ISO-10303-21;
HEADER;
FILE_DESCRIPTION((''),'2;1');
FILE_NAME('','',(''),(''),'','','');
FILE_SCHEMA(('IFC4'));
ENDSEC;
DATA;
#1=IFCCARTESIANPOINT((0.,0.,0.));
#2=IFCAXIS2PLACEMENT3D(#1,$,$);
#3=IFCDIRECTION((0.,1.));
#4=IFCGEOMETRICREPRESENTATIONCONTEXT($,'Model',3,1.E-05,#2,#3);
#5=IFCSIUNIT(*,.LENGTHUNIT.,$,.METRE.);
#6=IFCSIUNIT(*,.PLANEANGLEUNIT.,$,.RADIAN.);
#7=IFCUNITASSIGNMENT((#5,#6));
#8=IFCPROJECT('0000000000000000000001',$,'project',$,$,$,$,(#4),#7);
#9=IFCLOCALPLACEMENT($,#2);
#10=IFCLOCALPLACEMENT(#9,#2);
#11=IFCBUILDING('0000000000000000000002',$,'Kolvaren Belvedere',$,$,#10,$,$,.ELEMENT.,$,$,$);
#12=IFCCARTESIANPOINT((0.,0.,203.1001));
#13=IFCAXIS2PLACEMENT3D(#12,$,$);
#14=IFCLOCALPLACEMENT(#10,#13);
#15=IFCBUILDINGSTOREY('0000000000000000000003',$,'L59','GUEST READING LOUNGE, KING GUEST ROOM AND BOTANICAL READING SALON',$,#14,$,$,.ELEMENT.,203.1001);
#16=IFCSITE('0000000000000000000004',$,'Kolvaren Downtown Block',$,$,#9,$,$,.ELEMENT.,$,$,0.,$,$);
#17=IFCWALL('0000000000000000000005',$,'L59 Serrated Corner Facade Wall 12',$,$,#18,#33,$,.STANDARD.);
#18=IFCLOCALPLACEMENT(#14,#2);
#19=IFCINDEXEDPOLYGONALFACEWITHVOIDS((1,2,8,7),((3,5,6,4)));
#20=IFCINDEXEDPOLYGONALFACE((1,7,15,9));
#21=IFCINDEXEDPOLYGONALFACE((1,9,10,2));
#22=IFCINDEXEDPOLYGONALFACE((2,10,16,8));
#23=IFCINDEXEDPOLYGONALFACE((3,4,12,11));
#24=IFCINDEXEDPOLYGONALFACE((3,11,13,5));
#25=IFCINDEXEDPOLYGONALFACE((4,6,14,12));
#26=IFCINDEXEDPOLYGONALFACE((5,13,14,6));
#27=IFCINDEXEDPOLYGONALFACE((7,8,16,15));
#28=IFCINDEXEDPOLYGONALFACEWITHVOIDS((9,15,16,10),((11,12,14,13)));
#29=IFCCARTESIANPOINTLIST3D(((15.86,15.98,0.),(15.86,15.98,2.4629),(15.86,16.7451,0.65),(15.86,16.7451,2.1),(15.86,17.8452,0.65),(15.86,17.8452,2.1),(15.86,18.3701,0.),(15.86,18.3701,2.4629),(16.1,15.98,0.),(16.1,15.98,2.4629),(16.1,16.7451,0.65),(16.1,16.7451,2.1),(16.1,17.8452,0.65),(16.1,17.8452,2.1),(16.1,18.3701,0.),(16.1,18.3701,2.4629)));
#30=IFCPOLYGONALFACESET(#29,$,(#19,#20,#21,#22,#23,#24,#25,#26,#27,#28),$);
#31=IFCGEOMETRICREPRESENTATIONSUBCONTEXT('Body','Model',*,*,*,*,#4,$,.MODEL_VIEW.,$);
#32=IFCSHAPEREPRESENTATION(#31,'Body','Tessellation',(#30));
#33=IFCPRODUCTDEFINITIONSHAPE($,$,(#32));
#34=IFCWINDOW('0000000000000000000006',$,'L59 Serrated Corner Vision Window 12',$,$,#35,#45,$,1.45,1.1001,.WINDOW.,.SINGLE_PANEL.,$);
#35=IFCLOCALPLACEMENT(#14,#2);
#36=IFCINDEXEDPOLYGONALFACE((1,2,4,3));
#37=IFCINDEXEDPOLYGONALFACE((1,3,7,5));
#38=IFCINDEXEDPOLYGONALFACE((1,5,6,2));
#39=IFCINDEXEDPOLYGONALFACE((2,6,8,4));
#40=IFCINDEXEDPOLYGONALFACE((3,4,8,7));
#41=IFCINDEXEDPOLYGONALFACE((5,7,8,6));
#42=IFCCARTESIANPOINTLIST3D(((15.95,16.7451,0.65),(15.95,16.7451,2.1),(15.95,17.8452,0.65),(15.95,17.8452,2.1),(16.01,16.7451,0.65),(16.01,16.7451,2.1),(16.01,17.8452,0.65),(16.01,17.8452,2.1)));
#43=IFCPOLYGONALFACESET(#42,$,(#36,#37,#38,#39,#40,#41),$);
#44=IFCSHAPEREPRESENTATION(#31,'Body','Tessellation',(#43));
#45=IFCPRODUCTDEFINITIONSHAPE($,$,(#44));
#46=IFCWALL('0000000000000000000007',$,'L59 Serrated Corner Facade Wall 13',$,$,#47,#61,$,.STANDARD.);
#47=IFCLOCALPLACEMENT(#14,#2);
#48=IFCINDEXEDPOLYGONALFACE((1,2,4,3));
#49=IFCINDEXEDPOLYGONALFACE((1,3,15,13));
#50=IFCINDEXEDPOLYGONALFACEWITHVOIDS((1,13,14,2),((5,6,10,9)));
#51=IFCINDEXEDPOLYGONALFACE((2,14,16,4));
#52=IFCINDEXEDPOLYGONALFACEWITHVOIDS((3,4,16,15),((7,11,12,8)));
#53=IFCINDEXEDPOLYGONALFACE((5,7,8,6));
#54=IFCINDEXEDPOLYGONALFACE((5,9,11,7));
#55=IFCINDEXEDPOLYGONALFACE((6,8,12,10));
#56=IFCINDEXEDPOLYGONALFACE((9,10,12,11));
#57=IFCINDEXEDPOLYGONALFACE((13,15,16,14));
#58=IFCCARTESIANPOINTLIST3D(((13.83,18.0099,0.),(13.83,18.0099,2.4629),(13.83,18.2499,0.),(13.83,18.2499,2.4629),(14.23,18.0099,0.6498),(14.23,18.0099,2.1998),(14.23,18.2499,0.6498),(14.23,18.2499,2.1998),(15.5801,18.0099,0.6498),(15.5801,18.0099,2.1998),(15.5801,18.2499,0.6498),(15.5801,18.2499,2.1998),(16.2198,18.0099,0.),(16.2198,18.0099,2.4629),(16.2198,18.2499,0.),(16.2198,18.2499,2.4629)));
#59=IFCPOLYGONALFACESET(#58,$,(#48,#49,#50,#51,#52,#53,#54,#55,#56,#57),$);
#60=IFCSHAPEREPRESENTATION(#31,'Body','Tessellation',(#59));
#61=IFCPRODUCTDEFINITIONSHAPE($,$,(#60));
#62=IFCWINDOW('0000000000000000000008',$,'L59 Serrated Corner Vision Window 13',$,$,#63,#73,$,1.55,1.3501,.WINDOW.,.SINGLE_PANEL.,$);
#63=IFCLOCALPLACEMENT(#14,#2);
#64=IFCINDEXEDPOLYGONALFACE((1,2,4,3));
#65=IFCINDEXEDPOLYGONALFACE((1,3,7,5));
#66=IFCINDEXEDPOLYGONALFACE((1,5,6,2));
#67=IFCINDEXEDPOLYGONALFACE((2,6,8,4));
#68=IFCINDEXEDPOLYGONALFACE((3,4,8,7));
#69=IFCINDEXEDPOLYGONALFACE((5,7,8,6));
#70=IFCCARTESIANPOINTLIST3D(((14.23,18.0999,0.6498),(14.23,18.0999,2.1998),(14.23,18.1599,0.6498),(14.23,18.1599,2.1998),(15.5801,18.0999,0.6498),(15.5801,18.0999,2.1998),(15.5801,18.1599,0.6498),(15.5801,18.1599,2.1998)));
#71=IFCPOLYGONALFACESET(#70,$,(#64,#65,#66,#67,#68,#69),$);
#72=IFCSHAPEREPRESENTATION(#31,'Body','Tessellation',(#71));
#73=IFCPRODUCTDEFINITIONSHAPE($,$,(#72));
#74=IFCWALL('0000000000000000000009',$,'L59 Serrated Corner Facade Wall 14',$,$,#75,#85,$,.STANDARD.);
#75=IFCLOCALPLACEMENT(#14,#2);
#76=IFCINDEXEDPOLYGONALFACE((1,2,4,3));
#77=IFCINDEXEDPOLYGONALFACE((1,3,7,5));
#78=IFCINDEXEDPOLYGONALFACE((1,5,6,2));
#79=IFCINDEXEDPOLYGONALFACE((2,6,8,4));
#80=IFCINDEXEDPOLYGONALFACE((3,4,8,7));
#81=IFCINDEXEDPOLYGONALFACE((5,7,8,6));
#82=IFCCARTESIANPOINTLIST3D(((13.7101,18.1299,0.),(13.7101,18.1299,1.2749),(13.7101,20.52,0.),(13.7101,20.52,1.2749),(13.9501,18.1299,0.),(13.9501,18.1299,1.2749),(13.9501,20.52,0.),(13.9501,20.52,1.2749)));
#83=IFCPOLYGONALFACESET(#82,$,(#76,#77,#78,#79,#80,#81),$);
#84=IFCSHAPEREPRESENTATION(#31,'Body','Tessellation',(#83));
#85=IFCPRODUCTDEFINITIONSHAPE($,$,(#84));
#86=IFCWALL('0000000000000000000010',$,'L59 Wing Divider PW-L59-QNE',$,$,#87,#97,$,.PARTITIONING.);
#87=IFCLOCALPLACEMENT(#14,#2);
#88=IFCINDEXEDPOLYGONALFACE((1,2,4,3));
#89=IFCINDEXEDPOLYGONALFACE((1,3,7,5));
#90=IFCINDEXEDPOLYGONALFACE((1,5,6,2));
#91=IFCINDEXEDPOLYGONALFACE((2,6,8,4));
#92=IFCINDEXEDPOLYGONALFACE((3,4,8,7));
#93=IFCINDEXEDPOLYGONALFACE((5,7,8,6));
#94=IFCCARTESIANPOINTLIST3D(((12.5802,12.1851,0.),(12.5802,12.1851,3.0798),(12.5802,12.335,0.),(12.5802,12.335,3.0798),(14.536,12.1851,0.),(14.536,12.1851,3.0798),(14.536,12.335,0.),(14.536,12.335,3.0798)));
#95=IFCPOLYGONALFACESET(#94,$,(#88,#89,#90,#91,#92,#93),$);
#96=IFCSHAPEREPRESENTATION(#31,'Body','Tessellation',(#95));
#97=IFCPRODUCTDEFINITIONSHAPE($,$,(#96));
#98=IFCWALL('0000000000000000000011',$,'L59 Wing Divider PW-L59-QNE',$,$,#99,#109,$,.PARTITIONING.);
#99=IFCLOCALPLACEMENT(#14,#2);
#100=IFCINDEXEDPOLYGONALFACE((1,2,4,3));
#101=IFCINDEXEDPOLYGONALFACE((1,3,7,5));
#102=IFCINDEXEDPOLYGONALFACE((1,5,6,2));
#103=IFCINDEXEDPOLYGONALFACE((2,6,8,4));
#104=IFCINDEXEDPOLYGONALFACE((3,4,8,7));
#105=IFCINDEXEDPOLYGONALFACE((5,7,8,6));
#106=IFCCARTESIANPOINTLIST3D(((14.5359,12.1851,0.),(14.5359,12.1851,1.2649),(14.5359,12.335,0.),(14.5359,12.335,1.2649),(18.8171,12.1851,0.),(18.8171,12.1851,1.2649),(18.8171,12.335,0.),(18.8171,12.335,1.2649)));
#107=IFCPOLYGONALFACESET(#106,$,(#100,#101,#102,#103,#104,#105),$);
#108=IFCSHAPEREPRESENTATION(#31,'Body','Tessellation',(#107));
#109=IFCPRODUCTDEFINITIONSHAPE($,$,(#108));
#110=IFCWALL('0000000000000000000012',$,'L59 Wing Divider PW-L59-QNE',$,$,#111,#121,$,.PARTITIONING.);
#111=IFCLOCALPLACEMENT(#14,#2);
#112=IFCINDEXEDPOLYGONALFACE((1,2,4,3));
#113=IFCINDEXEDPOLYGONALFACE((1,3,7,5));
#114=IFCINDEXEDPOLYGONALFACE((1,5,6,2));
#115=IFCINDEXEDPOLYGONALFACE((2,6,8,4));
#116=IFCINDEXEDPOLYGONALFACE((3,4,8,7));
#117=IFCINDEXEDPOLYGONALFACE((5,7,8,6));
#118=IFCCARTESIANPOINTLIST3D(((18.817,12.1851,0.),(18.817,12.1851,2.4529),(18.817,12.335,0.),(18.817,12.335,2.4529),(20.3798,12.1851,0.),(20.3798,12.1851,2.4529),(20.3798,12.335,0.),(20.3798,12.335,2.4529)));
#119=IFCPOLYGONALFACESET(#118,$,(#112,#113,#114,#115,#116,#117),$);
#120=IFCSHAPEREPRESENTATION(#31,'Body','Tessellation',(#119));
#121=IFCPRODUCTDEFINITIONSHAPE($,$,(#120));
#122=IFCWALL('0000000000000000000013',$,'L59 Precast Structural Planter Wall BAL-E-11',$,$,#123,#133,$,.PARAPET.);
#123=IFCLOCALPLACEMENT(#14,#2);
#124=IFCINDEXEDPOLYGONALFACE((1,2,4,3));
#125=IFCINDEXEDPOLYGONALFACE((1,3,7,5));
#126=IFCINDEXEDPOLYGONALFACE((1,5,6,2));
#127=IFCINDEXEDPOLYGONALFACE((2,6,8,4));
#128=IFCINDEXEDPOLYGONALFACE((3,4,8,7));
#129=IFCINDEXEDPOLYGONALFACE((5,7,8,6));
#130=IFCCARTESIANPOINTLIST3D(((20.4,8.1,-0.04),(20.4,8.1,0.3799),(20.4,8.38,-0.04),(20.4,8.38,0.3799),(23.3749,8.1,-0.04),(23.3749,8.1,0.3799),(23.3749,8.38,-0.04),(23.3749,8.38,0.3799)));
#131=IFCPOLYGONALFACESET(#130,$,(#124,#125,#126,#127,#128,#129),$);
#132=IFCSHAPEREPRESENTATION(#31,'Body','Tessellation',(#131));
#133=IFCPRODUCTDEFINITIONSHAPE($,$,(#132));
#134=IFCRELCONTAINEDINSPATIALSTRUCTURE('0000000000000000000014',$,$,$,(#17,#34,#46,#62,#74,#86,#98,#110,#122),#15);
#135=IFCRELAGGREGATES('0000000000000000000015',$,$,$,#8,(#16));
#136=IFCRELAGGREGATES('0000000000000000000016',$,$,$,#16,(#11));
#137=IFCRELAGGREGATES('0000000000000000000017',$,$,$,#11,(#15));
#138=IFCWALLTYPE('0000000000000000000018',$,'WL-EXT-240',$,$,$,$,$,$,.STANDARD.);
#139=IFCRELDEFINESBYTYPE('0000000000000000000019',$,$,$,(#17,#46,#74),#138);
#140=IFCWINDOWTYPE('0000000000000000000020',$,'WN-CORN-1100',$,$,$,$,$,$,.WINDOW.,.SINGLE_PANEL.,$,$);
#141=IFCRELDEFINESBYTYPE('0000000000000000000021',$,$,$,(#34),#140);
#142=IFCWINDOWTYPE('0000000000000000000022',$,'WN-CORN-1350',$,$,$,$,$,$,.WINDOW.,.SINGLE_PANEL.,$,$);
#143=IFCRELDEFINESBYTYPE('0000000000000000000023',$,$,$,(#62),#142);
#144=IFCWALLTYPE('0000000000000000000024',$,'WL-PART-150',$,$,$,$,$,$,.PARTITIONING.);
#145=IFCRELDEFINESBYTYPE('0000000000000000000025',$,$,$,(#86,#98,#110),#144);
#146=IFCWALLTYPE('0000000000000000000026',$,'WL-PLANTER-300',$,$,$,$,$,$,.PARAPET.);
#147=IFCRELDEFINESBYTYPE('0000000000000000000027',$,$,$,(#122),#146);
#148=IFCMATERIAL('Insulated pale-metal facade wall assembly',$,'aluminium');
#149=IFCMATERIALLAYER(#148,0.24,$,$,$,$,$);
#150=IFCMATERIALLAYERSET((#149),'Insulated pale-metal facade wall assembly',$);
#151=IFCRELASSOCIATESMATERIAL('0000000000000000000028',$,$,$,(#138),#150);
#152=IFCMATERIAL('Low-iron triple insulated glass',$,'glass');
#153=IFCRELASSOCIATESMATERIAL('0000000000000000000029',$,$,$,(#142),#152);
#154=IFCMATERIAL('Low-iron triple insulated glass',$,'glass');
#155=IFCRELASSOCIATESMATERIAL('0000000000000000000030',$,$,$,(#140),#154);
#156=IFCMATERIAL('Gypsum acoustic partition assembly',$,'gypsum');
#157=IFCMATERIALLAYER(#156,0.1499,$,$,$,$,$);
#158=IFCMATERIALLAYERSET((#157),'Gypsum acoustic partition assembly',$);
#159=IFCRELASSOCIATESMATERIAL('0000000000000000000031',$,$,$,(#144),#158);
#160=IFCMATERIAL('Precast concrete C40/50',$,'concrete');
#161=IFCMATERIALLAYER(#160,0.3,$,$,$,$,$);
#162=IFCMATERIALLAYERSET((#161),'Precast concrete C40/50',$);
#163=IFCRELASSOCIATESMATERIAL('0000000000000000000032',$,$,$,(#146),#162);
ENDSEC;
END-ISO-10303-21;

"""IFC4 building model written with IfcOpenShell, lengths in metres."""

from ifc_helpers import new_model, si_unit, direction, frame, frame_2d, origin, place, context, subcontext, project, spatial, rectangle, extrude, material, layer, layer_set, type_object, element, fill, save


model = new_model("IFC4")

# Units and contexts
model_context = context("Model", 3, precision=1e-05, world=origin(), true_north=direction((0.0, 1.0)))
body_context = subcontext(model_context, "Body", "Model", "MODEL_VIEW")
ifc_project = project(units=[si_unit("LENGTHUNIT", "METRE"), si_unit("PLANEANGLEUNIT", "RADIAN")], contexts=[model_context])

# Site, building, storey
site_placement = place(None, origin())
site = spatial("IfcSite", under=ifc_project, at=site_placement, Name="Kolvaren Downtown Block", CompositionType="ELEMENT", RefElevation=0.0)
building_placement = place(site_placement, origin())
building = spatial("IfcBuilding", under=site, at=building_placement, Name="Kolvaren Belvedere", CompositionType="ELEMENT")
storey_placement = place(building_placement, frame((0.0, 0.0, 203.1001)))
storey = spatial("IfcBuildingStorey", under=building, at=storey_placement, Name="L59", Description="GUEST READING LOUNGE, KING GUEST ROOM AND BOTANICAL READING SALON", CompositionType="ELEMENT", Elevation=203.1001)

# Shared definitions
ifc_material_1 = material(Name="Insulated pale-metal facade wall assembly", Category="aluminium")
ifc_layer_1 = layer(ifc_material_1, 0.24)
ifc_layer_set_1 = layer_set([ifc_layer_1], Name="Insulated pale-metal facade wall assembly")
wall_type_1 = type_object("IfcWallType", Name="WL-EXT-240", PredefinedType="STANDARD", material=ifc_layer_set_1)

# Walls, openings, windows
ifc_material_2 = material(Name="Low-iron triple insulated glass", Category="glass")
window_type_1 = type_object("IfcWindowType", Name="WN-CORN-1350", PartitioningType="SINGLE_PANEL", PredefinedType="WINDOW", material=ifc_material_2)
ifc_material_3 = material(Name="Low-iron triple insulated glass", Category="glass")
window_type_2 = type_object("IfcWindowType", Name="WN-CORN-1100", PartitioningType="SINGLE_PANEL", PredefinedType="WINDOW", material=ifc_material_3)
wall_1_placement = place(storey_placement, frame((15.98, 18.3701, 0.0), z_axis=(0.0, 0.0, 1.0), x_axis=(0.0, -1.0, 0.0)))
wall_1 = element("IfcWall", 1, at=wall_1_placement, inside=storey, type_object=wall_type_1, Name="L59 Serrated Corner Facade Wall 12", PredefinedType="STANDARD", context=body_context, shape_type="SweptSolid", body=[
    extrude(rectangle(XDim=2.3901, YDim=0.24, at=frame_2d((1.1951, 0.0))), origin(), (0.0, 0.0, 1.0), 2.4629),
])
opening_1_placement = place(wall_1_placement, frame((0.5249, 0.0, 0.6499)))
opening_1 = element("IfcOpeningElement", 2, at=opening_1_placement, cuts=wall_1, PredefinedType="OPENING", context=body_context, shape_type="SweptSolid", body=[
    extrude(rectangle(XDim=1.1001, YDim=1.45, at=frame_2d((0.55, 0.7251))), frame((0.0, 0.1299, 0.0), z_axis=(0.0, -1.0, 0.0), x_axis=(1.0, 0.0, 0.0)), (0.0, 0.0, 1.0), 0.26),
])
window_1_placement = place(opening_1_placement, origin())
window_1 = element("IfcWindow", 3, at=window_1_placement, inside=storey, type_object=window_type_2, Name="L59 Serrated Corner Vision Window 12", OverallHeight=1.45, OverallWidth=1.1001, PartitioningType="SINGLE_PANEL", PredefinedType="WINDOW", context=body_context, shape_type="SweptSolid", body=[
    extrude(rectangle(XDim=1.1001, YDim=1.45, at=frame_2d((0.55, 0.7251))), frame((0.0, 0.03, 0.0), z_axis=(0.0, -1.0, 0.0), x_axis=(1.0, 0.0, 0.0)), (0.0, 0.0, 1.0), 0.0601),
])
fill(opening_1, window_1)
wall_2_placement = place(storey_placement, frame((13.8301, 18.1299, 0.0), z_axis=(0.0, 0.0, 1.0), x_axis=(1.0, 0.0, 0.0)))
wall_2 = element("IfcWall", 4, at=wall_2_placement, inside=storey, type_object=wall_type_1, Name="L59 Serrated Corner Facade Wall 13", PredefinedType="STANDARD", context=body_context, shape_type="SweptSolid", body=[
    extrude(rectangle(XDim=2.3899, YDim=0.24, at=frame_2d((1.1948, 0.0))), origin(), (0.0, 0.0, 1.0), 2.4629),
])
opening_2_placement = place(wall_2_placement, frame((0.3999, 0.0, 0.6499)))
opening_2 = element("IfcOpeningElement", 5, at=opening_2_placement, cuts=wall_2, PredefinedType="OPENING", context=body_context, shape_type="SweptSolid", body=[
    extrude(rectangle(XDim=1.3501, YDim=1.55, at=frame_2d((0.675, 0.7749))), frame((0.0, 0.1299, 0.0), z_axis=(0.0, -1.0, 0.0), x_axis=(1.0, 0.0, 0.0)), (0.0, 0.0, 1.0), 0.26),
])
window_2_placement = place(opening_2_placement, origin())
window_2 = element("IfcWindow", 6, at=window_2_placement, inside=storey, type_object=window_type_1, Name="L59 Serrated Corner Vision Window 13", OverallHeight=1.55, OverallWidth=1.3501, PartitioningType="SINGLE_PANEL", PredefinedType="WINDOW", context=body_context, shape_type="SweptSolid", body=[
    extrude(rectangle(XDim=1.3501, YDim=1.55, at=frame_2d((0.675, 0.7749))), frame((0.0, 0.03, 0.0), z_axis=(0.0, -1.0, 0.0), x_axis=(1.0, 0.0, 0.0)), (0.0, 0.0, 1.0), 0.0601),
])
fill(opening_2, window_2)

# Walls
wall_3_placement = place(storey_placement, frame((13.8301, 20.52, 0.0), z_axis=(0.0, 0.0, 1.0), x_axis=(0.0, -1.0, 0.0)))
element("IfcWall", 7, at=wall_3_placement, inside=storey, type_object=wall_type_1, Name="L59 Serrated Corner Facade Wall 14", PredefinedType="STANDARD", context=body_context, shape_type="SweptSolid", body=[
    extrude(rectangle(XDim=2.3901, YDim=0.24, at=frame_2d((1.1951, 0.0))), origin(), (0.0, 0.0, 1.0), 1.2749),
])
ifc_material_4 = material(Name="Gypsum acoustic partition assembly", Category="gypsum")
ifc_layer_2 = layer(ifc_material_4, 0.1499)
ifc_layer_set_2 = layer_set([ifc_layer_2], Name="Gypsum acoustic partition assembly")
wall_type_2 = type_object("IfcWallType", Name="WL-PART-150", PredefinedType="PARTITIONING", material=ifc_layer_set_2)
wall_4_placement = place(storey_placement, frame((12.5801, 12.26, 0.0), z_axis=(0.0, 0.0, 1.0), x_axis=(1.0, 0.0, 0.0)))
element("IfcWall", 8, at=wall_4_placement, inside=storey, type_object=wall_type_2, Name="L59 Wing Divider PW-L59-QNE", PredefinedType="PARTITIONING", context=body_context, shape_type="SweptSolid", body=[
    extrude(rectangle(XDim=1.9558, YDim=0.1499, at=frame_2d((0.978, 0.0))), origin(), (0.0, 0.0, 1.0), 3.0798),
])
wall_5_placement = place(storey_placement, frame((14.5359, 12.26, 0.0), z_axis=(0.0, 0.0, 1.0), x_axis=(1.0, 0.0, 0.0)))
element("IfcWall", 9, at=wall_5_placement, inside=storey, type_object=wall_type_2, Name="L59 Wing Divider PW-L59-QNE", PredefinedType="PARTITIONING", context=body_context, shape_type="SweptSolid", body=[
    extrude(rectangle(XDim=4.2812, YDim=0.1499, at=frame_2d((2.1406, 0.0))), origin(), (0.0, 0.0, 1.0), 1.2649),
])
wall_6_placement = place(storey_placement, frame((18.8171, 12.26, 0.0), z_axis=(0.0, 0.0, 1.0), x_axis=(1.0, 0.0, 0.0)))
element("IfcWall", 10, at=wall_6_placement, inside=storey, type_object=wall_type_2, Name="L59 Wing Divider PW-L59-QNE", PredefinedType="PARTITIONING", context=body_context, shape_type="SweptSolid", body=[
    extrude(rectangle(XDim=1.5627, YDim=0.1499, at=frame_2d((0.7812, 0.0))), origin(), (0.0, 0.0, 1.0), 2.4529),
])
ifc_material_5 = material(Name="Precast concrete C40/50", Category="concrete")
ifc_layer_3 = layer(ifc_material_5, 0.3)
ifc_layer_set_3 = layer_set([ifc_layer_3], Name="Precast concrete C40/50")
wall_type_3 = type_object("IfcWallType", Name="WL-PLANTER-300", PredefinedType="PARAPET", material=ifc_layer_set_3)
wall_7_placement = place(storey_placement, frame((23.3748, 8.24, -0.04), z_axis=(0.0, 0.0, 1.0), x_axis=(-1.0, 0.0, 0.0)))
element("IfcWall", 11, at=wall_7_placement, inside=storey, type_object=wall_type_3, Name="L59 Precast Structural Planter Wall BAL-E-11", PredefinedType="PARAPET", context=body_context, shape_type="SweptSolid", body=[
    extrude(rectangle(XDim=2.9749, YDim=0.28, at=frame_2d((1.4873, 0.0))), origin(), (0.0, 0.0, 1.0), 0.4199),
])

save(model, "model.ifc")
